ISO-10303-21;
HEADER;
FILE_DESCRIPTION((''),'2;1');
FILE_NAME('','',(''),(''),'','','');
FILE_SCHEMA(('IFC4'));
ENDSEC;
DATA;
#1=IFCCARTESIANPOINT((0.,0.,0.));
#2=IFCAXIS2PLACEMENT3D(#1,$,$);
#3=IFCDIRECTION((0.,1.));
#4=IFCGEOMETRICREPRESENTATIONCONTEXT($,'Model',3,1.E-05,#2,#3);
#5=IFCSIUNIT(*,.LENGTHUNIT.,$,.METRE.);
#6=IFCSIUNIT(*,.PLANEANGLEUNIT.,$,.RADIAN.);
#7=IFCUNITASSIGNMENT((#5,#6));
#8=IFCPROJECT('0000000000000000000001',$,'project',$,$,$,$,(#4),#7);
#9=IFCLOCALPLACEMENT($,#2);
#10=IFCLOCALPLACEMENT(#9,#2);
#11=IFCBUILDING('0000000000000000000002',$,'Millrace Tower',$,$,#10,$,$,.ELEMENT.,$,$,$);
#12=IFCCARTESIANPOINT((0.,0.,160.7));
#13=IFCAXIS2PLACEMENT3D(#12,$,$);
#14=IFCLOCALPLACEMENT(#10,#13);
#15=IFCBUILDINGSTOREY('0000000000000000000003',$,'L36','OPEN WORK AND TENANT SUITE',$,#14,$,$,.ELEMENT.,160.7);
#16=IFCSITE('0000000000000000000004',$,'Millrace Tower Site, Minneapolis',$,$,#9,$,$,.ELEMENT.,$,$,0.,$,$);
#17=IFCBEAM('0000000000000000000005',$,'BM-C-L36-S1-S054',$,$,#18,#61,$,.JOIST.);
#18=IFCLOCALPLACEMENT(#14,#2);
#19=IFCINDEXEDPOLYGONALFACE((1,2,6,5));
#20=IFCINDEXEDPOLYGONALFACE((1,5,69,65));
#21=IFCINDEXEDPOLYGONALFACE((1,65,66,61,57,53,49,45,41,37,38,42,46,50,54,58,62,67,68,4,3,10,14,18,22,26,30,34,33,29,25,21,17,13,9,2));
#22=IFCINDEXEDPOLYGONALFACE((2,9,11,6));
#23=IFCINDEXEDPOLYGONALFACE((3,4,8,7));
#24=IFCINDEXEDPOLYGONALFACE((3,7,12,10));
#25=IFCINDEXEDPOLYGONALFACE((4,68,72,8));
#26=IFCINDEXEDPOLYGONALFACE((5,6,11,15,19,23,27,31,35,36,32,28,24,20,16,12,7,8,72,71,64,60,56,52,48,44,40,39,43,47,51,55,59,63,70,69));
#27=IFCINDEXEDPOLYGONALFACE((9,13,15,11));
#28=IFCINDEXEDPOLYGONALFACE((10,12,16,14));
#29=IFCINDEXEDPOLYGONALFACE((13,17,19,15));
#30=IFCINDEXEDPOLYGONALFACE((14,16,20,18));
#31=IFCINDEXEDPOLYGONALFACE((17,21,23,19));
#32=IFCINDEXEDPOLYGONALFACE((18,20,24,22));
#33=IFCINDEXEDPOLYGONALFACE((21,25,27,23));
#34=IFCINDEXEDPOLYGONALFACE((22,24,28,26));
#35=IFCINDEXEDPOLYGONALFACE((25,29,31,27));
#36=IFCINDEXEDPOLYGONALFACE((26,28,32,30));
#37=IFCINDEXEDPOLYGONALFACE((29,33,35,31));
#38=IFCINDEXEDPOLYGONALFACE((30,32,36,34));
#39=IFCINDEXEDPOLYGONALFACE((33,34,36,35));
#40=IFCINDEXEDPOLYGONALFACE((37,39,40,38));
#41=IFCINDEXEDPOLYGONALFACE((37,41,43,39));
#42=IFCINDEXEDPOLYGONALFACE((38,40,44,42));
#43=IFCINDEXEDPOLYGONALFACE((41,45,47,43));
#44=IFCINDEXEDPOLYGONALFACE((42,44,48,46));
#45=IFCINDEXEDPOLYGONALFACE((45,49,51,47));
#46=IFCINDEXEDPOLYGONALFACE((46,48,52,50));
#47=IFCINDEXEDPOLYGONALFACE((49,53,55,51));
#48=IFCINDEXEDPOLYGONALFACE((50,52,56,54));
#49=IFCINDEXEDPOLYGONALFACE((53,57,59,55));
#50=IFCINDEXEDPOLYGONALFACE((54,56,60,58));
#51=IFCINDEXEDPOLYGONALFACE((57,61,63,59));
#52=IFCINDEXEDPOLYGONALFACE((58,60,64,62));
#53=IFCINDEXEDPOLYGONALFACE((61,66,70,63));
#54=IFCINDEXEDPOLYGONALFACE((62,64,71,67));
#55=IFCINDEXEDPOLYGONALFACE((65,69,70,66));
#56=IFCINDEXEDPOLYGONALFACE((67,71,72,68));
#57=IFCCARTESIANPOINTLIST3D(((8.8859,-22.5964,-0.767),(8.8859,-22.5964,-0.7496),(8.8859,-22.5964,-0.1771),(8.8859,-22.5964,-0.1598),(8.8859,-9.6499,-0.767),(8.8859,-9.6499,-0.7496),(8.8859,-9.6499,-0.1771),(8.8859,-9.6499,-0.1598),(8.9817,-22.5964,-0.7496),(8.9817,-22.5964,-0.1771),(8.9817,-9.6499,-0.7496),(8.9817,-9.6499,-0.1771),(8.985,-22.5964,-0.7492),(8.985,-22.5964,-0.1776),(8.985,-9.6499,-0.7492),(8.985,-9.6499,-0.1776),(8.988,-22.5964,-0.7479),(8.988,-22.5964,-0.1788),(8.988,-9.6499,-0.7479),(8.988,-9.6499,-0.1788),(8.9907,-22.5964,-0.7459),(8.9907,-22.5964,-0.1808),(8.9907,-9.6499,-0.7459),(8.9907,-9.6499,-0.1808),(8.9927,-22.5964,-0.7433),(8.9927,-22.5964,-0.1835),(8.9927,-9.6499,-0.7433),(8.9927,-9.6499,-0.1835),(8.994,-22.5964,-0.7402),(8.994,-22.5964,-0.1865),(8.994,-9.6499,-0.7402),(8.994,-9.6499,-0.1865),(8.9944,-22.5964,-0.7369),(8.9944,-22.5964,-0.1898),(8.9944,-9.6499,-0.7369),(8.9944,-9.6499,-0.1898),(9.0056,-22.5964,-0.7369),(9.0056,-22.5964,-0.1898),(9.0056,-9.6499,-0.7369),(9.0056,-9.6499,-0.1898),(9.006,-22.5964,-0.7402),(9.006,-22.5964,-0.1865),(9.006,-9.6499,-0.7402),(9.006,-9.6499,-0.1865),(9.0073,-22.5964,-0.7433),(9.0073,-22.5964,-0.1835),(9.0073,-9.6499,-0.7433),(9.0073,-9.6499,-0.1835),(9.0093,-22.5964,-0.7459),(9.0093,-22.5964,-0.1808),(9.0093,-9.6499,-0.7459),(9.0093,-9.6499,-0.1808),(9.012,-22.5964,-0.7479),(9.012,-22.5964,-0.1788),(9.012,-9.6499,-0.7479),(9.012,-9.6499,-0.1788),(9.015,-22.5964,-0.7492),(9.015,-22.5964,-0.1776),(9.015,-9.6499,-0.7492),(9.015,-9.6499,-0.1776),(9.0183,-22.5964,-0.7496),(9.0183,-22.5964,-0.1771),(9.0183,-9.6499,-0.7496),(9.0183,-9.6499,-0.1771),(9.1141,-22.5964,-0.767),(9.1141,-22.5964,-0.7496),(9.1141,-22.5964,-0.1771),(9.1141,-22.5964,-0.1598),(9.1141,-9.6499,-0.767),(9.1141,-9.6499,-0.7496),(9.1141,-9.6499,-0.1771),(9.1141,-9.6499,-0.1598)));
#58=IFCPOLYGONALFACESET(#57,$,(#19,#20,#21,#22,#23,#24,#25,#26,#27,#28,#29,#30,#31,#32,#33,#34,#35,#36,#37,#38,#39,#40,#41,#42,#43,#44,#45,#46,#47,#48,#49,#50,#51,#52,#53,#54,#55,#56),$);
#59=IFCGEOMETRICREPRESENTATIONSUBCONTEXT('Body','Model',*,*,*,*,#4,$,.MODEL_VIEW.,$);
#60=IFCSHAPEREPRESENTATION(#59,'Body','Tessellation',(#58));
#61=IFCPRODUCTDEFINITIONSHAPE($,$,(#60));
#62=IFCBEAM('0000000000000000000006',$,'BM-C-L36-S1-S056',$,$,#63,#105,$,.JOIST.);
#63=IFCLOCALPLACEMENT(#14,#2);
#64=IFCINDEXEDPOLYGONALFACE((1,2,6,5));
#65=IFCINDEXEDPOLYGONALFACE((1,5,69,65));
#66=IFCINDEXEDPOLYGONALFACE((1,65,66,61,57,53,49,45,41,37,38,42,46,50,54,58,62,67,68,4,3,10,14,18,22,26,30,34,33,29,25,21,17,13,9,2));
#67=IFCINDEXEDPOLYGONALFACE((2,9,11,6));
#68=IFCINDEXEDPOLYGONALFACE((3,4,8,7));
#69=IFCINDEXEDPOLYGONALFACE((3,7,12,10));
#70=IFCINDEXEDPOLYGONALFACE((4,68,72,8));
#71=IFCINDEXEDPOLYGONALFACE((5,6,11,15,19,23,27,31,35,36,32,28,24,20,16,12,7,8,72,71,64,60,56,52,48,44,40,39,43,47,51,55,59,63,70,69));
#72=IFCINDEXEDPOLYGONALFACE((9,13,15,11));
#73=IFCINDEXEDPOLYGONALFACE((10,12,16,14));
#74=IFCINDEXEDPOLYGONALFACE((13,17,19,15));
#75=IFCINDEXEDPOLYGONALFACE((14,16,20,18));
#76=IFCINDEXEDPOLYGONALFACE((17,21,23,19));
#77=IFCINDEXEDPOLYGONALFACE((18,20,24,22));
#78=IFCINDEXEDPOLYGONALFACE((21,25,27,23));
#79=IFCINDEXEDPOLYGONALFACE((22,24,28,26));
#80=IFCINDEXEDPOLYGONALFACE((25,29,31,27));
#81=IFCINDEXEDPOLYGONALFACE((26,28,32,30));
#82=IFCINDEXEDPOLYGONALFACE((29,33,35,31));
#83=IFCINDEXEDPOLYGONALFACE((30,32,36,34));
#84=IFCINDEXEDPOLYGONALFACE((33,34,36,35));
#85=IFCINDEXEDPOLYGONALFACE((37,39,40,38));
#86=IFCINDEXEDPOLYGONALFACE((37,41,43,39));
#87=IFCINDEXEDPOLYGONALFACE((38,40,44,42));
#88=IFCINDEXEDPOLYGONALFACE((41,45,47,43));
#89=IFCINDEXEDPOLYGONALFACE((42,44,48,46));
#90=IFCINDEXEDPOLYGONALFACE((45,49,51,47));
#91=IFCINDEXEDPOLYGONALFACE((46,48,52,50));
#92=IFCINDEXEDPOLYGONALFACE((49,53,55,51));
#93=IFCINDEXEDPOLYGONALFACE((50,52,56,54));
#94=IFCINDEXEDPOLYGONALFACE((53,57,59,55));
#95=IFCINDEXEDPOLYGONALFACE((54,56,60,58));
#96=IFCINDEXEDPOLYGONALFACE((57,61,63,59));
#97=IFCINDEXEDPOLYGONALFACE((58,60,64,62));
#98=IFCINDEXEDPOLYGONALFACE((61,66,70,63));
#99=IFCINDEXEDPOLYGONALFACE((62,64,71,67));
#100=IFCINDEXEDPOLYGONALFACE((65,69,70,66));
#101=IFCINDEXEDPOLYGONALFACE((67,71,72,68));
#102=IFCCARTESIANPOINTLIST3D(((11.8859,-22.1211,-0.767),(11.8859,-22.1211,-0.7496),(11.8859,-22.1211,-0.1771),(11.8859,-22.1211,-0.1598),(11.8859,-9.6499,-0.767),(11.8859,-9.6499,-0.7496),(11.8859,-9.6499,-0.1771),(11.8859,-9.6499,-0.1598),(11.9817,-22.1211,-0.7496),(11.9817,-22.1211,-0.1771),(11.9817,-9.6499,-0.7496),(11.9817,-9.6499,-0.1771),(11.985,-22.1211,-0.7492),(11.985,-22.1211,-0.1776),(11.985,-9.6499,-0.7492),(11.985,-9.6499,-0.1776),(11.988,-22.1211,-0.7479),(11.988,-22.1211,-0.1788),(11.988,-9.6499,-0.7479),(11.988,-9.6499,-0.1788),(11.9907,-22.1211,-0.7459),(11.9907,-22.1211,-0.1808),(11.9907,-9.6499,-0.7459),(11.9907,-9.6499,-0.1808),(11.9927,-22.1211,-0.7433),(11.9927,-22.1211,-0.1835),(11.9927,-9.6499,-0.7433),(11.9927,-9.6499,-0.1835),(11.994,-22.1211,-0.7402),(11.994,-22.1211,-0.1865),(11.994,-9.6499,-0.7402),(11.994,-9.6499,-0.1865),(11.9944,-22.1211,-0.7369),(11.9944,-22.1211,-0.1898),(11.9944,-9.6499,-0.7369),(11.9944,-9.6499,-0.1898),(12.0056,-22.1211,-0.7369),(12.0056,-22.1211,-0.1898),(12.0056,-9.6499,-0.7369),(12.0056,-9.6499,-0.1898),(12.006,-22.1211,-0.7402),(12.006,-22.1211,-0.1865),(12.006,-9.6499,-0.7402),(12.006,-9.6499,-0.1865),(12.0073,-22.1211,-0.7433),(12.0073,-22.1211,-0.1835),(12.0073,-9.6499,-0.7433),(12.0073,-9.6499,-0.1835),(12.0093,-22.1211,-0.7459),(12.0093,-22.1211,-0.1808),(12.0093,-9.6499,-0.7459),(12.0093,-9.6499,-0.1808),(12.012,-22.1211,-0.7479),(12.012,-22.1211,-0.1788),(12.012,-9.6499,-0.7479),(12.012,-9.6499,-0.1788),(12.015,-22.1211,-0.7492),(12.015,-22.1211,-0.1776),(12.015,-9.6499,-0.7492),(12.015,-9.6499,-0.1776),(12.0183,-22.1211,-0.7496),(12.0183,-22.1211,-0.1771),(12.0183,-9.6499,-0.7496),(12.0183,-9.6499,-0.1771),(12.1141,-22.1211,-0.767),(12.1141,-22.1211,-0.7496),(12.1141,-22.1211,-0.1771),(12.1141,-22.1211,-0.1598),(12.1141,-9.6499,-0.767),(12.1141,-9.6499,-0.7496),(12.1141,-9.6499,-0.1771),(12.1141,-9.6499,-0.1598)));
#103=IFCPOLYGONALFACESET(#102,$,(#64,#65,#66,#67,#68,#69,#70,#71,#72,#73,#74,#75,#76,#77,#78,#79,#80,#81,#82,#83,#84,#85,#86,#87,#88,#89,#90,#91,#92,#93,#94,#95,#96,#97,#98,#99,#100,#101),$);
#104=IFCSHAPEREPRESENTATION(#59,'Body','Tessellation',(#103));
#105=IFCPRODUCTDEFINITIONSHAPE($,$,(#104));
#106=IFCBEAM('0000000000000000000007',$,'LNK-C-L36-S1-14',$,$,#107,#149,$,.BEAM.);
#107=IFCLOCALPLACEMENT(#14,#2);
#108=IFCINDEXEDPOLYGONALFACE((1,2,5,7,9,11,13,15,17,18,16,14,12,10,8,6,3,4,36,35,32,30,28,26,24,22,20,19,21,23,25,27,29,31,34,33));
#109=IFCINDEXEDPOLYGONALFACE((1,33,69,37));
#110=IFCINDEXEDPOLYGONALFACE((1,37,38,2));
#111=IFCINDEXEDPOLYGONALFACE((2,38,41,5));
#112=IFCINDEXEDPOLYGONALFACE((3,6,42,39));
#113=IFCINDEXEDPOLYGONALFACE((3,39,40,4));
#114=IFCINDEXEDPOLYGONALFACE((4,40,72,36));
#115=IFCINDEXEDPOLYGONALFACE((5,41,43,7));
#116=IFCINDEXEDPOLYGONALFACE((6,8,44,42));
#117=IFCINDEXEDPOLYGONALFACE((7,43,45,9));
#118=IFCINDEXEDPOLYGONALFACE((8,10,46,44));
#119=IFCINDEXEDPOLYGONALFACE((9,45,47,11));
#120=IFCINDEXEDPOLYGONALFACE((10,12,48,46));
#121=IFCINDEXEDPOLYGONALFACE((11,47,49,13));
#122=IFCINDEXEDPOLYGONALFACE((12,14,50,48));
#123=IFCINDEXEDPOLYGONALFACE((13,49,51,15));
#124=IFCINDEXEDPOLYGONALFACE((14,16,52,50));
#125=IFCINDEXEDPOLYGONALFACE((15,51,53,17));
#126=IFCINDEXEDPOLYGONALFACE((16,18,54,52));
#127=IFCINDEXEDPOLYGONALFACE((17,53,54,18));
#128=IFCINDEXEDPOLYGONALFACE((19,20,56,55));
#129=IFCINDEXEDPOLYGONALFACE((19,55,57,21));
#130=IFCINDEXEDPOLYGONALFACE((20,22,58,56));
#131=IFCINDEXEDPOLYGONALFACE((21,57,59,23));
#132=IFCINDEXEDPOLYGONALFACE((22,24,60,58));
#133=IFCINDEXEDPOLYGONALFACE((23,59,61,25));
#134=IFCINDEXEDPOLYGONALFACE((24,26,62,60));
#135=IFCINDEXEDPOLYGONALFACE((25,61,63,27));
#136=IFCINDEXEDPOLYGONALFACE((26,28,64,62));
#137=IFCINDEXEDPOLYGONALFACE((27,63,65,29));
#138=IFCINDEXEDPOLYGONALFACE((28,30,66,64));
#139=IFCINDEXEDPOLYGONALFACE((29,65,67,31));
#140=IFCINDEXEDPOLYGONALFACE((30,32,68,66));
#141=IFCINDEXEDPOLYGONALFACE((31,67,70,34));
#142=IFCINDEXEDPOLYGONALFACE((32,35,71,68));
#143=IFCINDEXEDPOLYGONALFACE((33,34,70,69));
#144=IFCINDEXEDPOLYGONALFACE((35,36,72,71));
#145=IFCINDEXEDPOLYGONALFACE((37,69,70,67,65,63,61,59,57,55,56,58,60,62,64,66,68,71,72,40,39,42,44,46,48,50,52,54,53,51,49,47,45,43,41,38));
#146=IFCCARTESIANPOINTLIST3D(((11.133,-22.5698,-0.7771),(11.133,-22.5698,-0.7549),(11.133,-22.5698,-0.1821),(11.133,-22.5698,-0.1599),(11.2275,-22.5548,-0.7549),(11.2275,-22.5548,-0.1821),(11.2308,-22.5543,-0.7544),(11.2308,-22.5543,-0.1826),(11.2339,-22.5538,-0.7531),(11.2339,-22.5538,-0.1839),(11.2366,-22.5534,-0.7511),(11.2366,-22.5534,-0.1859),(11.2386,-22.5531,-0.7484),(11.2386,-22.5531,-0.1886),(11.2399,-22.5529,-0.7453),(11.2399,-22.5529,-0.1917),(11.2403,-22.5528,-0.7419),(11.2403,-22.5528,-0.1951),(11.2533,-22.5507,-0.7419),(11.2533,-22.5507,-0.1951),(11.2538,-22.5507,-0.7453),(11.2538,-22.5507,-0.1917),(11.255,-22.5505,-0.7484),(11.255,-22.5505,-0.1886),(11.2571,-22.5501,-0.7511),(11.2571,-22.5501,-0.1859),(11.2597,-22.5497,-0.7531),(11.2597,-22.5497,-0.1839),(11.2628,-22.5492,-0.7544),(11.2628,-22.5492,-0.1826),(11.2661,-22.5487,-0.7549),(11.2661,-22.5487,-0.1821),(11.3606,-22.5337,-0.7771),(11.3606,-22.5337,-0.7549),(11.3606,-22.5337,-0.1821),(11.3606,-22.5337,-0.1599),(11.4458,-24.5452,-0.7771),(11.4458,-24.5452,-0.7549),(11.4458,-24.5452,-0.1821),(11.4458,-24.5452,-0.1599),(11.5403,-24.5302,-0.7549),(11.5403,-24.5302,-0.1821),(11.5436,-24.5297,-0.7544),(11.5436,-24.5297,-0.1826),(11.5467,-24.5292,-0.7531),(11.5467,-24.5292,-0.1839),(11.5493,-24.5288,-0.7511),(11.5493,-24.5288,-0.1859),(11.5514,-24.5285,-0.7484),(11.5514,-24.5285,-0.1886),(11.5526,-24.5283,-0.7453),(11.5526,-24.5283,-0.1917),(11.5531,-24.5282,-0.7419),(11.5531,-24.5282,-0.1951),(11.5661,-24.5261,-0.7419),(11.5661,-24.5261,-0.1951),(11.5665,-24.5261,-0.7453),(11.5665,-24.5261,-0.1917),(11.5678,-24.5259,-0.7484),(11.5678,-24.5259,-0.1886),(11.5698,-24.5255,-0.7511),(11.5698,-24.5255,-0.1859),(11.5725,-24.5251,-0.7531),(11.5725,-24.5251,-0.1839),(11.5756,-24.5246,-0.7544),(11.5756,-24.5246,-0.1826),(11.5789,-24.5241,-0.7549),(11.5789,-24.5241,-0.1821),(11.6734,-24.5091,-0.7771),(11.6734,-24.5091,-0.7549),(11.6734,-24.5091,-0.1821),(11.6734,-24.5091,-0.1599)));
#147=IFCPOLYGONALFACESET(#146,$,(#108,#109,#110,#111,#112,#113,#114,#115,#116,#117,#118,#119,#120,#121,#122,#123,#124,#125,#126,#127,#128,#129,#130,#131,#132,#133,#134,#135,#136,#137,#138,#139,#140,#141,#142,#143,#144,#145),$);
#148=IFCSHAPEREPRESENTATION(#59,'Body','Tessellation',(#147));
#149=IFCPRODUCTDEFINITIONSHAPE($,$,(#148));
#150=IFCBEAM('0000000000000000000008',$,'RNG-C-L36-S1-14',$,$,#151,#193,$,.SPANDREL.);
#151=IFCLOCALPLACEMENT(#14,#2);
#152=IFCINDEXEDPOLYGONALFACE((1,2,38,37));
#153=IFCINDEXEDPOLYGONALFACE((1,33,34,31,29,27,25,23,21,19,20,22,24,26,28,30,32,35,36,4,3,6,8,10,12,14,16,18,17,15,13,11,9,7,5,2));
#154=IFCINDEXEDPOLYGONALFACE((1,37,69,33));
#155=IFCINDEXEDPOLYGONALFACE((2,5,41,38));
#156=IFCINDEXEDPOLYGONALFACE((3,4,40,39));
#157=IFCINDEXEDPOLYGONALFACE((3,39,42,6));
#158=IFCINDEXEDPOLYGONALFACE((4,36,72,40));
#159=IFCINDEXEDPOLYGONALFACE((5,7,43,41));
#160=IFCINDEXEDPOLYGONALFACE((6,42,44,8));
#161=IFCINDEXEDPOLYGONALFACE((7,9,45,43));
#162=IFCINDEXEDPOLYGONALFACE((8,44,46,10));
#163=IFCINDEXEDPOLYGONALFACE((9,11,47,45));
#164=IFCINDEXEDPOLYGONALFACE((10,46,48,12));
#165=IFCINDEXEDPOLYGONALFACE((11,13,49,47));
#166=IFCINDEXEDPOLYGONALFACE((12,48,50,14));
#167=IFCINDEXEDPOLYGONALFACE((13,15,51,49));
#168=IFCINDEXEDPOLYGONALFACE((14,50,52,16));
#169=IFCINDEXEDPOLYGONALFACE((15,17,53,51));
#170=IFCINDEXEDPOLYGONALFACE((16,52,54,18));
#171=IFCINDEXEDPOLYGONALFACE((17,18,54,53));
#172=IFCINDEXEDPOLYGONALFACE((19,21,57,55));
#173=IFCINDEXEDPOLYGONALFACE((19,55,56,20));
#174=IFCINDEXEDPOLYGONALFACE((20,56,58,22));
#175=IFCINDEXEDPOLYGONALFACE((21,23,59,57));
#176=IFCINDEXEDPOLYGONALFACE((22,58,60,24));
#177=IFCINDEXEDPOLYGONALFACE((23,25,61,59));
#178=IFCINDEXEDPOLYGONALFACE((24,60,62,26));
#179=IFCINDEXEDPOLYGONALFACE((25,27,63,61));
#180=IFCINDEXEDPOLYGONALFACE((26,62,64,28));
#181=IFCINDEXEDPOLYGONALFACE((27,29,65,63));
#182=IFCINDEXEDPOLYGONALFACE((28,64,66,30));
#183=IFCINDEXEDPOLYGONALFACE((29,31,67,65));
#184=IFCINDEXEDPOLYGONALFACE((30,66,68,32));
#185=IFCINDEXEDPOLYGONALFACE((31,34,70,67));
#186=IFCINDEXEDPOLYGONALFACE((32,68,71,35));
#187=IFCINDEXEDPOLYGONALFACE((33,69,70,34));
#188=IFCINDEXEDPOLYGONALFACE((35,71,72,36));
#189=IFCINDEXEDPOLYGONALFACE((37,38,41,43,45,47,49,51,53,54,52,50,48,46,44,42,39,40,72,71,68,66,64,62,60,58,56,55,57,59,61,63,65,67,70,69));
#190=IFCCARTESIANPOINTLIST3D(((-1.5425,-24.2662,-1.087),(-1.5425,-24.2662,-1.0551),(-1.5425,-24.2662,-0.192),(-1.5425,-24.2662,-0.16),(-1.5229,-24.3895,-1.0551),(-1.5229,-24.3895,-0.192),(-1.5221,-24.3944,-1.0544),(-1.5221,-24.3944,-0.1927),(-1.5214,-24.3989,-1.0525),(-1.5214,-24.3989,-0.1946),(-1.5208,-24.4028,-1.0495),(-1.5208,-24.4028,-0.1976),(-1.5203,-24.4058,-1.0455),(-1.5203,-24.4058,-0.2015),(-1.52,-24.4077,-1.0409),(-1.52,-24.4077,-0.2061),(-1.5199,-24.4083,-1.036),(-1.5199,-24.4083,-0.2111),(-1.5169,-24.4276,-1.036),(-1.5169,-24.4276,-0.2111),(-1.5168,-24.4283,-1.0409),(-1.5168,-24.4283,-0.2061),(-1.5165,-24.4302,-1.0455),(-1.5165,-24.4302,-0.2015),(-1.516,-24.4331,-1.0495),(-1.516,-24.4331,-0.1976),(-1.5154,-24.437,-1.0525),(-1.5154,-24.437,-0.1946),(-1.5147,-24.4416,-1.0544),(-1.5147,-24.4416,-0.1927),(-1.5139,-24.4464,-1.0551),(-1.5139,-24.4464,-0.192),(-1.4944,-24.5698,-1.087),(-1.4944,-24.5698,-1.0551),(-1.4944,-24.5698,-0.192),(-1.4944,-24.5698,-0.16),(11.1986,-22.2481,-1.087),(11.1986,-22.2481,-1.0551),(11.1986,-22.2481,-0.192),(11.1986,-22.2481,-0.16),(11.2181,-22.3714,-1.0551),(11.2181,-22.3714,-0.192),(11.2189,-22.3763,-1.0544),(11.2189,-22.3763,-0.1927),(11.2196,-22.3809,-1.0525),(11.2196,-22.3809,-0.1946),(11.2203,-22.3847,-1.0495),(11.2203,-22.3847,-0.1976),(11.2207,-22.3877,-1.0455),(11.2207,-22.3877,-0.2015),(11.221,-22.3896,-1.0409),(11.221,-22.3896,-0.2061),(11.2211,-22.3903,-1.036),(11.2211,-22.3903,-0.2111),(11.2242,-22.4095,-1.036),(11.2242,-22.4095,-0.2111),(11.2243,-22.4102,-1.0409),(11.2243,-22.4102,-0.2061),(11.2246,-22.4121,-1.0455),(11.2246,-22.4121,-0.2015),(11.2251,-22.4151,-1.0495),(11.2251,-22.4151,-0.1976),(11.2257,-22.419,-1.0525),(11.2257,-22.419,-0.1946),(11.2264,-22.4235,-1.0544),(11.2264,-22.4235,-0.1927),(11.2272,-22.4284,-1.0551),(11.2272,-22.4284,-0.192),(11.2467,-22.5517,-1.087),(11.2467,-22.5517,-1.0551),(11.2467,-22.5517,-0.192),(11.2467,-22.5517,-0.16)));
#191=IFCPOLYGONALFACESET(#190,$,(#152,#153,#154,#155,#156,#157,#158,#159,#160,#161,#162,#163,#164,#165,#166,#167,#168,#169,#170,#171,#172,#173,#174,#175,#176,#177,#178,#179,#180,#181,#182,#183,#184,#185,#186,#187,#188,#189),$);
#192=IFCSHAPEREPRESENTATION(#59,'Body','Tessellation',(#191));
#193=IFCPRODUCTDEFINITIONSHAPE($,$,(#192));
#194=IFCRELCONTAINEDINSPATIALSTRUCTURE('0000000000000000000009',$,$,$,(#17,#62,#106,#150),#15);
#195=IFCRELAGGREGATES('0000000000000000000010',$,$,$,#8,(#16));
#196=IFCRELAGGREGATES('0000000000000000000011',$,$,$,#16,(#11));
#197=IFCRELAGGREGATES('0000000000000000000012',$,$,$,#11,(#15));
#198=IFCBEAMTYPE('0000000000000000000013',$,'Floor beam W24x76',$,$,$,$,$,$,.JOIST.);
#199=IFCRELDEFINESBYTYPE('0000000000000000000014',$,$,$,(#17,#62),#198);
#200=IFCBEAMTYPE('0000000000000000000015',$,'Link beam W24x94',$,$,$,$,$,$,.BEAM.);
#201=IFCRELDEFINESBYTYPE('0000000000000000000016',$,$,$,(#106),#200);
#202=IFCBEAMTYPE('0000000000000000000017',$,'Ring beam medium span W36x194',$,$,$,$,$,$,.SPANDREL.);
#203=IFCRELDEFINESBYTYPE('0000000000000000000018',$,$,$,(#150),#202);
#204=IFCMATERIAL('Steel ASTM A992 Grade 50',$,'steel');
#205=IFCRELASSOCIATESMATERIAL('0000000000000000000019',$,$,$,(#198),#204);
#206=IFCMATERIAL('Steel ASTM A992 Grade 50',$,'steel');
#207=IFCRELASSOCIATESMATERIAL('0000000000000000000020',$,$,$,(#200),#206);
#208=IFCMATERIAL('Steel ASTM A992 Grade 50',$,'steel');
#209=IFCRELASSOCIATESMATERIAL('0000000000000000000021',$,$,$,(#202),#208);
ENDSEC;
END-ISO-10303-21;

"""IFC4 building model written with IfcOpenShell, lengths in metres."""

from ifc_helpers import new_model, si_unit, direction, frame, origin, origin_2d, place, context, subcontext, project, spatial, i_section, extrude, material, material_profile, profile_set, type_object, element, save


model = new_model("IFC4")

# Units and contexts
model_context = context("Model", 3, precision=1e-05, world=origin(), true_north=direction((0.0, 1.0)))
body_context = subcontext(model_context, "Body", "Model", "MODEL_VIEW")
ifc_project = project(units=[si_unit("LENGTHUNIT", "METRE"), si_unit("PLANEANGLEUNIT", "RADIAN")], contexts=[model_context])

# Site, building, storey
site_placement = place(None, origin())
site = spatial("IfcSite", under=ifc_project, at=site_placement, Name="Millrace Tower Site, Minneapolis", CompositionType="ELEMENT", RefElevation=0.0)
building_placement = place(site_placement, origin())
building = spatial("IfcBuilding", under=site, at=building_placement, Name="Millrace Tower", CompositionType="ELEMENT")
storey_placement = place(building_placement, frame((0.0, 0.0, 160.7)))
storey = spatial("IfcBuildingStorey", under=building, at=storey_placement, Name="L36", Description="OPEN WORK AND TENANT SUITE", CompositionType="ELEMENT", Elevation=160.7)

# Beams
ifc_material_1 = material(Name="Steel ASTM A992 Grade 50", Category="steel")
ifc_material_profile_1 = material_profile(ifc_material_1, i_section(OverallWidth=0.2283, OverallDepth=0.6072, WebThickness=0.0112, FlangeThickness=0.0173, FilletRadius=0.0127, at=origin_2d()))
ifc_profile_set_1 = profile_set([ifc_material_profile_1], Name="Steel ASTM A992 Grade 50")
beam_type_1 = type_object("IfcBeamType", Name="Floor beam W24x76", PredefinedType="JOIST", material=ifc_profile_set_1)
beam_1_placement = place(storey_placement, frame((9.0, -22.5964, -0.4634), z_axis=(0.0, 1.0, 0.0), x_axis=(-1.0, 0.0, 0.0)))
element("IfcBeam", 1, at=beam_1_placement, inside=storey, type_object=beam_type_1, Name="BM-C-L36-S1-S054", PredefinedType="JOIST", context=body_context, shape_type="SweptSolid", body=[
    extrude(i_section(OverallWidth=0.2283, OverallDepth=0.6072, WebThickness=0.0112, FlangeThickness=0.0173, FilletRadius=0.0127, at=origin_2d()), origin(), (0.0, 0.0, 1.0), 12.9465),
])
beam_2_placement = place(storey_placement, frame((12.0, -22.1211, -0.4634), z_axis=(0.0, 1.0, 0.0), x_axis=(-1.0, 0.0, 0.0)))
element("IfcBeam", 2, at=beam_2_placement, inside=storey, type_object=beam_type_1, Name="BM-C-L36-S1-S056", PredefinedType="JOIST", context=body_context, shape_type="SweptSolid", body=[
    extrude(i_section(OverallWidth=0.2283, OverallDepth=0.6072, WebThickness=0.0112, FlangeThickness=0.0173, FilletRadius=0.0127, at=origin_2d()), origin(), (0.0, 0.0, 1.0), 12.4712),
])
ifc_material_2 = material(Name="Steel ASTM A992 Grade 50", Category="steel")
ifc_material_profile_2 = material_profile(ifc_material_2, i_section(OverallWidth=0.2305, OverallDepth=0.6172, WebThickness=0.0132, FlangeThickness=0.0222, FilletRadius=0.0129, at=origin_2d()))
ifc_profile_set_2 = profile_set([ifc_material_profile_2], Name="Steel ASTM A992 Grade 50")
beam_type_2 = type_object("IfcBeamType", Name="Link beam W24x94", PredefinedType="BEAM", material=ifc_profile_set_2)
beam_3_placement = place(storey_placement, frame((11.2468, -22.5518, -0.4685), z_axis=(0.156376, -0.987698, 0.0), x_axis=(0.987698, 0.156376, 0.0)))
element("IfcBeam", 3, at=beam_3_placement, inside=storey, type_object=beam_type_2, Name="LNK-C-L36-S1-14", PredefinedType="BEAM", context=body_context, shape_type="SweptSolid", body=[
    extrude(i_section(OverallWidth=0.2305, OverallDepth=0.6172, WebThickness=0.0132, FlangeThickness=0.0222, FilletRadius=0.0129, at=origin_2d()), origin(), (0.0, 0.0, 1.0), 2.0),
])
ifc_material_3 = material(Name="Steel ASTM A992 Grade 50", Category="steel")
ifc_material_profile_3 = material_profile(ifc_material_3, i_section(OverallWidth=0.3074, OverallDepth=0.927, WebThickness=0.0195, FlangeThickness=0.032, FilletRadius=0.019, at=origin_2d()))
ifc_profile_set_3 = profile_set([ifc_material_profile_3], Name="Steel ASTM A992 Grade 50")
beam_type_3 = type_object("IfcBeamType", Name="Ring beam medium span W36x194", PredefinedType="SPANDREL", material=ifc_profile_set_3)
beam_4_placement = place(storey_placement, frame((11.2227, -22.3999, -0.6235), z_axis=(-0.987687, -0.156442, 0.0), x_axis=(0.156442, -0.987687, 0.0)))
element("IfcBeam", 4, at=beam_4_placement, inside=storey, type_object=beam_type_3, Name="RNG-C-L36-S1-14", PredefinedType="SPANDREL", context=body_context, shape_type="SweptSolid", body=[
    extrude(i_section(OverallWidth=0.3074, OverallDepth=0.927, WebThickness=0.0195, FlangeThickness=0.032, FilletRadius=0.019, at=origin_2d()), origin(), (0.0, 0.0, 1.0), 12.8999),
])

save(model, "model.ifc")
